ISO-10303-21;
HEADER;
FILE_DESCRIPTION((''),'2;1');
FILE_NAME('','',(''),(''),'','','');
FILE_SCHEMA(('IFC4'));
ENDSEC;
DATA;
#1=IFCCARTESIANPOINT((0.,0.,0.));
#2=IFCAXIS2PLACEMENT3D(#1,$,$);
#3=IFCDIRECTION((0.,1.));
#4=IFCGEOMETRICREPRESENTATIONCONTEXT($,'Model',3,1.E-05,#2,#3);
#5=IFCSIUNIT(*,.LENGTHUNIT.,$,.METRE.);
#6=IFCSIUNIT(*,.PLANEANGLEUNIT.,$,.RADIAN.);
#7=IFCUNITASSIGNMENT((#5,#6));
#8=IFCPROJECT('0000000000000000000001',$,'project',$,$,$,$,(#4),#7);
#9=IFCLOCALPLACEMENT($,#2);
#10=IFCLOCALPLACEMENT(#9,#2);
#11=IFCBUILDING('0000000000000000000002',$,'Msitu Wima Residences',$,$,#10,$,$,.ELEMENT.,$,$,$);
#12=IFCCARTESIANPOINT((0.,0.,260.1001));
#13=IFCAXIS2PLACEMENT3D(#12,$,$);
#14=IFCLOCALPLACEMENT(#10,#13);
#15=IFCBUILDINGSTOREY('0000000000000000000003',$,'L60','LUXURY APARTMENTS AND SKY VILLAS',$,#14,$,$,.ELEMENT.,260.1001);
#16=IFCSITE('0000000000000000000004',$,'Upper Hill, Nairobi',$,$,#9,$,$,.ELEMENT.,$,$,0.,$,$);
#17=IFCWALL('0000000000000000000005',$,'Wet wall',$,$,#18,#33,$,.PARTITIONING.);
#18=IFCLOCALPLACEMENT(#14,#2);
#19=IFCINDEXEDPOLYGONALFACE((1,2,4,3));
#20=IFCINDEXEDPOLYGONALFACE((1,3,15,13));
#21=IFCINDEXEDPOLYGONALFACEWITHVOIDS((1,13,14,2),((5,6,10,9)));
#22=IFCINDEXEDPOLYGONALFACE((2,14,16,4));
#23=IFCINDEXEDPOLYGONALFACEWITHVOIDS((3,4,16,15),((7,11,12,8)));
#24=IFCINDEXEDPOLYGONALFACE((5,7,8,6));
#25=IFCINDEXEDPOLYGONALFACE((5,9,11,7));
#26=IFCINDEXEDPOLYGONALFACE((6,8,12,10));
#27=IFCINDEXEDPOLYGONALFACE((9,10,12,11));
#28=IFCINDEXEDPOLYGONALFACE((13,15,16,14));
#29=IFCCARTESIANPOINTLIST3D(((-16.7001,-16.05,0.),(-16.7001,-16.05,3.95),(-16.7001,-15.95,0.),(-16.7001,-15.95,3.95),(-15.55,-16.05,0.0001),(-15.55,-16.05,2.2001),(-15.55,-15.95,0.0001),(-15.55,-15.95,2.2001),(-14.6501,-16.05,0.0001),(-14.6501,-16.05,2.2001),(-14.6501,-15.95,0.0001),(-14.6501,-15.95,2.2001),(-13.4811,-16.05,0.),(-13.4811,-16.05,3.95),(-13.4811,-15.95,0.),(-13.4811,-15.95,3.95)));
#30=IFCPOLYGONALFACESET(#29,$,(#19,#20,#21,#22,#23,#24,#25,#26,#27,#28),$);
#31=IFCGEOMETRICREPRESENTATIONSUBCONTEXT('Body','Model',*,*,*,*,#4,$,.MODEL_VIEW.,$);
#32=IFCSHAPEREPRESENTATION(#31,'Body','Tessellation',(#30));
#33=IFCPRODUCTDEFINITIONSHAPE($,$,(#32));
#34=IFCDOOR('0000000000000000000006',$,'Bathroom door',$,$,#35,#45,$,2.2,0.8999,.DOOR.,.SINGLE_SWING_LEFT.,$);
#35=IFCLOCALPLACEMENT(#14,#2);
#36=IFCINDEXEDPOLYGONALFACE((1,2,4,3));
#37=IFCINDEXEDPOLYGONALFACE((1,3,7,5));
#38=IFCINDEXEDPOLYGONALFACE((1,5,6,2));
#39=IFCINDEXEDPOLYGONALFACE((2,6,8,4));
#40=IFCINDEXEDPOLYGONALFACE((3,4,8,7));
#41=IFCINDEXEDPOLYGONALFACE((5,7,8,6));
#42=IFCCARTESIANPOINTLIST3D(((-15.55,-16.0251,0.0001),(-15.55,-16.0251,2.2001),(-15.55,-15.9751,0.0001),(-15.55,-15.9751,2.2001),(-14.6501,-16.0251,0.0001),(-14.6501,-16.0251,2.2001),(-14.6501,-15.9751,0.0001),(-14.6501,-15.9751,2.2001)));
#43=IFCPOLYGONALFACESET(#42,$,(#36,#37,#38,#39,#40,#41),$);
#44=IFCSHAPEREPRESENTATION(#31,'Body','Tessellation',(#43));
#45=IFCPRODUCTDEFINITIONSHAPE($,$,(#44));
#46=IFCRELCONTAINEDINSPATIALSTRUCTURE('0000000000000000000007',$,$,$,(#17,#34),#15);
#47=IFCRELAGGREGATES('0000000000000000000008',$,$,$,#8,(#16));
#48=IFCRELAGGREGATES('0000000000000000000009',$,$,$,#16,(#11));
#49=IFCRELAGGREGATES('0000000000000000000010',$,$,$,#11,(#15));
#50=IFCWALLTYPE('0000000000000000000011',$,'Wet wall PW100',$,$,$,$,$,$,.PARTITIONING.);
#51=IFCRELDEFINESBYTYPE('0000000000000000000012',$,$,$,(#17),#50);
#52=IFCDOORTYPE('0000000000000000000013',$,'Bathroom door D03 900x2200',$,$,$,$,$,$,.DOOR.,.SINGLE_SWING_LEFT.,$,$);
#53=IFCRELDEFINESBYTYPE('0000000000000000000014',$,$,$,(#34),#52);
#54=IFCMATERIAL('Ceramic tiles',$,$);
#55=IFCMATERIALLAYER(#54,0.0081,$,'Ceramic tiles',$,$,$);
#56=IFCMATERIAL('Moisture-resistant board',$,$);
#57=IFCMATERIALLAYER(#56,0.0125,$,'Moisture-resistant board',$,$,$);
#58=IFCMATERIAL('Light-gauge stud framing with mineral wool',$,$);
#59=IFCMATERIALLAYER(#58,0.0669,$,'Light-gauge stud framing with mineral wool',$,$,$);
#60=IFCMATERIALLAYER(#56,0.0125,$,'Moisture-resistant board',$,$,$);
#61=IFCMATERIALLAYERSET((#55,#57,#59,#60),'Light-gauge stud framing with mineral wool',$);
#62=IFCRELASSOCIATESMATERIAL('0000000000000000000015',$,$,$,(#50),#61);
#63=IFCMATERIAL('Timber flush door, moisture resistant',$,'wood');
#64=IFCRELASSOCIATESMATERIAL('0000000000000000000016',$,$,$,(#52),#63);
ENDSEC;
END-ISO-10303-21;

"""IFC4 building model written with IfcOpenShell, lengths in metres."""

from ifc_helpers import new_model, si_unit, direction, frame, frame_2d, origin, place, context, subcontext, project, spatial, rectangle, extrude, material, layer, layer_set, type_object, element, fill, save


model = new_model("IFC4")

# Units and contexts
model_context = context("Model", 3, precision=1e-05, world=origin(), true_north=direction((0.0, 1.0)))
body_context = subcontext(model_context, "Body", "Model", "MODEL_VIEW")
ifc_project = project(units=[si_unit("LENGTHUNIT", "METRE"), si_unit("PLANEANGLEUNIT", "RADIAN")], contexts=[model_context])

# Site, building, storey
site_placement = place(None, origin())
site = spatial("IfcSite", under=ifc_project, at=site_placement, Name="Upper Hill, Nairobi", CompositionType="ELEMENT", RefElevation=0.0)
building_placement = place(site_placement, origin())
building = spatial("IfcBuilding", under=site, at=building_placement, Name="Msitu Wima Residences", CompositionType="ELEMENT")
storey_placement = place(building_placement, frame((0.0, 0.0, 260.1001)))
storey = spatial("IfcBuildingStorey", under=building, at=storey_placement, Name="L60", Description="LUXURY APARTMENTS AND SKY VILLAS", CompositionType="ELEMENT", Elevation=260.1001)

# Shared definitions
ifc_material_1 = material(Name="Ceramic tiles")
ifc_layer_1 = layer(ifc_material_1, 0.0081, Name="Ceramic tiles")
ifc_material_2 = material(Name="Moisture-resistant board")
ifc_layer_2 = layer(ifc_material_2, 0.0125, Name="Moisture-resistant board")
ifc_material_3 = material(Name="Light-gauge stud framing with mineral wool")
ifc_layer_3 = layer(ifc_material_3, 0.0669, Name="Light-gauge stud framing with mineral wool")
ifc_layer_4 = layer(ifc_material_2, 0.0125, Name="Moisture-resistant board")
ifc_layer_set_1 = layer_set([ifc_layer_1, ifc_layer_2, ifc_layer_3, ifc_layer_4], Name="Light-gauge stud framing with mineral wool")
wall_type_1 = type_object("IfcWallType", Name="Wet wall PW100", PredefinedType="PARTITIONING", material=ifc_layer_set_1)

# Wall, opening, door
wall_1_placement = place(storey_placement, frame((-16.7, -16.0, 0.0), z_axis=(0.0, 0.0, 1.0), x_axis=(1.0, 0.0, 0.0)))
wall_1 = element("IfcWall", 1, at=wall_1_placement, inside=storey, type_object=wall_type_1, Name="Wet wall", PredefinedType="PARTITIONING", context=body_context, shape_type="SweptSolid", body=[
    extrude(rectangle(XDim=3.219, YDim=0.1001, at=frame_2d((1.6094, 0.0))), origin(), (0.0, 0.0, 1.0), 3.95),
])
opening_1_placement = place(wall_1_placement, frame((1.1499, 0.0, 0.0)))
opening_1 = element("IfcOpeningElement", 2, at=opening_1_placement, cuts=wall_1, PredefinedType="OPENING", context=body_context, shape_type="SweptSolid", body=[
    extrude(rectangle(XDim=0.8999, YDim=2.2, at=frame_2d((0.45, 1.1001))), frame((0.0, 0.0601, 0.0), z_axis=(0.0, -1.0, 0.0), x_axis=(1.0, 0.0, 0.0)), (0.0, 0.0, 1.0), 0.1201),
])
ifc_material_4 = material(Name="Timber flush door, moisture resistant", Category="wood")
door_type_1 = type_object("IfcDoorType", Name="Bathroom door D03 900x2200", OperationType="SINGLE_SWING_LEFT", PredefinedType="DOOR", material=ifc_material_4)
door_1_placement = place(opening_1_placement, origin())
door_1 = element("IfcDoor", 3, at=door_1_placement, inside=storey, type_object=door_type_1, Name="Bathroom door", OperationType="SINGLE_SWING_LEFT", OverallHeight=2.2, OverallWidth=0.8999, PredefinedType="DOOR", context=body_context, shape_type="SweptSolid", body=[
    extrude(rectangle(XDim=0.8999, YDim=2.2, at=frame_2d((0.45, 1.1001))), frame((0.0, 0.0249, 0.0), z_axis=(0.0, -1.0, 0.0), x_axis=(1.0, 0.0, 0.0)), (0.0, 0.0, 1.0), 0.05),
])
fill(opening_1, door_1)

save(model, "model.ifc")
